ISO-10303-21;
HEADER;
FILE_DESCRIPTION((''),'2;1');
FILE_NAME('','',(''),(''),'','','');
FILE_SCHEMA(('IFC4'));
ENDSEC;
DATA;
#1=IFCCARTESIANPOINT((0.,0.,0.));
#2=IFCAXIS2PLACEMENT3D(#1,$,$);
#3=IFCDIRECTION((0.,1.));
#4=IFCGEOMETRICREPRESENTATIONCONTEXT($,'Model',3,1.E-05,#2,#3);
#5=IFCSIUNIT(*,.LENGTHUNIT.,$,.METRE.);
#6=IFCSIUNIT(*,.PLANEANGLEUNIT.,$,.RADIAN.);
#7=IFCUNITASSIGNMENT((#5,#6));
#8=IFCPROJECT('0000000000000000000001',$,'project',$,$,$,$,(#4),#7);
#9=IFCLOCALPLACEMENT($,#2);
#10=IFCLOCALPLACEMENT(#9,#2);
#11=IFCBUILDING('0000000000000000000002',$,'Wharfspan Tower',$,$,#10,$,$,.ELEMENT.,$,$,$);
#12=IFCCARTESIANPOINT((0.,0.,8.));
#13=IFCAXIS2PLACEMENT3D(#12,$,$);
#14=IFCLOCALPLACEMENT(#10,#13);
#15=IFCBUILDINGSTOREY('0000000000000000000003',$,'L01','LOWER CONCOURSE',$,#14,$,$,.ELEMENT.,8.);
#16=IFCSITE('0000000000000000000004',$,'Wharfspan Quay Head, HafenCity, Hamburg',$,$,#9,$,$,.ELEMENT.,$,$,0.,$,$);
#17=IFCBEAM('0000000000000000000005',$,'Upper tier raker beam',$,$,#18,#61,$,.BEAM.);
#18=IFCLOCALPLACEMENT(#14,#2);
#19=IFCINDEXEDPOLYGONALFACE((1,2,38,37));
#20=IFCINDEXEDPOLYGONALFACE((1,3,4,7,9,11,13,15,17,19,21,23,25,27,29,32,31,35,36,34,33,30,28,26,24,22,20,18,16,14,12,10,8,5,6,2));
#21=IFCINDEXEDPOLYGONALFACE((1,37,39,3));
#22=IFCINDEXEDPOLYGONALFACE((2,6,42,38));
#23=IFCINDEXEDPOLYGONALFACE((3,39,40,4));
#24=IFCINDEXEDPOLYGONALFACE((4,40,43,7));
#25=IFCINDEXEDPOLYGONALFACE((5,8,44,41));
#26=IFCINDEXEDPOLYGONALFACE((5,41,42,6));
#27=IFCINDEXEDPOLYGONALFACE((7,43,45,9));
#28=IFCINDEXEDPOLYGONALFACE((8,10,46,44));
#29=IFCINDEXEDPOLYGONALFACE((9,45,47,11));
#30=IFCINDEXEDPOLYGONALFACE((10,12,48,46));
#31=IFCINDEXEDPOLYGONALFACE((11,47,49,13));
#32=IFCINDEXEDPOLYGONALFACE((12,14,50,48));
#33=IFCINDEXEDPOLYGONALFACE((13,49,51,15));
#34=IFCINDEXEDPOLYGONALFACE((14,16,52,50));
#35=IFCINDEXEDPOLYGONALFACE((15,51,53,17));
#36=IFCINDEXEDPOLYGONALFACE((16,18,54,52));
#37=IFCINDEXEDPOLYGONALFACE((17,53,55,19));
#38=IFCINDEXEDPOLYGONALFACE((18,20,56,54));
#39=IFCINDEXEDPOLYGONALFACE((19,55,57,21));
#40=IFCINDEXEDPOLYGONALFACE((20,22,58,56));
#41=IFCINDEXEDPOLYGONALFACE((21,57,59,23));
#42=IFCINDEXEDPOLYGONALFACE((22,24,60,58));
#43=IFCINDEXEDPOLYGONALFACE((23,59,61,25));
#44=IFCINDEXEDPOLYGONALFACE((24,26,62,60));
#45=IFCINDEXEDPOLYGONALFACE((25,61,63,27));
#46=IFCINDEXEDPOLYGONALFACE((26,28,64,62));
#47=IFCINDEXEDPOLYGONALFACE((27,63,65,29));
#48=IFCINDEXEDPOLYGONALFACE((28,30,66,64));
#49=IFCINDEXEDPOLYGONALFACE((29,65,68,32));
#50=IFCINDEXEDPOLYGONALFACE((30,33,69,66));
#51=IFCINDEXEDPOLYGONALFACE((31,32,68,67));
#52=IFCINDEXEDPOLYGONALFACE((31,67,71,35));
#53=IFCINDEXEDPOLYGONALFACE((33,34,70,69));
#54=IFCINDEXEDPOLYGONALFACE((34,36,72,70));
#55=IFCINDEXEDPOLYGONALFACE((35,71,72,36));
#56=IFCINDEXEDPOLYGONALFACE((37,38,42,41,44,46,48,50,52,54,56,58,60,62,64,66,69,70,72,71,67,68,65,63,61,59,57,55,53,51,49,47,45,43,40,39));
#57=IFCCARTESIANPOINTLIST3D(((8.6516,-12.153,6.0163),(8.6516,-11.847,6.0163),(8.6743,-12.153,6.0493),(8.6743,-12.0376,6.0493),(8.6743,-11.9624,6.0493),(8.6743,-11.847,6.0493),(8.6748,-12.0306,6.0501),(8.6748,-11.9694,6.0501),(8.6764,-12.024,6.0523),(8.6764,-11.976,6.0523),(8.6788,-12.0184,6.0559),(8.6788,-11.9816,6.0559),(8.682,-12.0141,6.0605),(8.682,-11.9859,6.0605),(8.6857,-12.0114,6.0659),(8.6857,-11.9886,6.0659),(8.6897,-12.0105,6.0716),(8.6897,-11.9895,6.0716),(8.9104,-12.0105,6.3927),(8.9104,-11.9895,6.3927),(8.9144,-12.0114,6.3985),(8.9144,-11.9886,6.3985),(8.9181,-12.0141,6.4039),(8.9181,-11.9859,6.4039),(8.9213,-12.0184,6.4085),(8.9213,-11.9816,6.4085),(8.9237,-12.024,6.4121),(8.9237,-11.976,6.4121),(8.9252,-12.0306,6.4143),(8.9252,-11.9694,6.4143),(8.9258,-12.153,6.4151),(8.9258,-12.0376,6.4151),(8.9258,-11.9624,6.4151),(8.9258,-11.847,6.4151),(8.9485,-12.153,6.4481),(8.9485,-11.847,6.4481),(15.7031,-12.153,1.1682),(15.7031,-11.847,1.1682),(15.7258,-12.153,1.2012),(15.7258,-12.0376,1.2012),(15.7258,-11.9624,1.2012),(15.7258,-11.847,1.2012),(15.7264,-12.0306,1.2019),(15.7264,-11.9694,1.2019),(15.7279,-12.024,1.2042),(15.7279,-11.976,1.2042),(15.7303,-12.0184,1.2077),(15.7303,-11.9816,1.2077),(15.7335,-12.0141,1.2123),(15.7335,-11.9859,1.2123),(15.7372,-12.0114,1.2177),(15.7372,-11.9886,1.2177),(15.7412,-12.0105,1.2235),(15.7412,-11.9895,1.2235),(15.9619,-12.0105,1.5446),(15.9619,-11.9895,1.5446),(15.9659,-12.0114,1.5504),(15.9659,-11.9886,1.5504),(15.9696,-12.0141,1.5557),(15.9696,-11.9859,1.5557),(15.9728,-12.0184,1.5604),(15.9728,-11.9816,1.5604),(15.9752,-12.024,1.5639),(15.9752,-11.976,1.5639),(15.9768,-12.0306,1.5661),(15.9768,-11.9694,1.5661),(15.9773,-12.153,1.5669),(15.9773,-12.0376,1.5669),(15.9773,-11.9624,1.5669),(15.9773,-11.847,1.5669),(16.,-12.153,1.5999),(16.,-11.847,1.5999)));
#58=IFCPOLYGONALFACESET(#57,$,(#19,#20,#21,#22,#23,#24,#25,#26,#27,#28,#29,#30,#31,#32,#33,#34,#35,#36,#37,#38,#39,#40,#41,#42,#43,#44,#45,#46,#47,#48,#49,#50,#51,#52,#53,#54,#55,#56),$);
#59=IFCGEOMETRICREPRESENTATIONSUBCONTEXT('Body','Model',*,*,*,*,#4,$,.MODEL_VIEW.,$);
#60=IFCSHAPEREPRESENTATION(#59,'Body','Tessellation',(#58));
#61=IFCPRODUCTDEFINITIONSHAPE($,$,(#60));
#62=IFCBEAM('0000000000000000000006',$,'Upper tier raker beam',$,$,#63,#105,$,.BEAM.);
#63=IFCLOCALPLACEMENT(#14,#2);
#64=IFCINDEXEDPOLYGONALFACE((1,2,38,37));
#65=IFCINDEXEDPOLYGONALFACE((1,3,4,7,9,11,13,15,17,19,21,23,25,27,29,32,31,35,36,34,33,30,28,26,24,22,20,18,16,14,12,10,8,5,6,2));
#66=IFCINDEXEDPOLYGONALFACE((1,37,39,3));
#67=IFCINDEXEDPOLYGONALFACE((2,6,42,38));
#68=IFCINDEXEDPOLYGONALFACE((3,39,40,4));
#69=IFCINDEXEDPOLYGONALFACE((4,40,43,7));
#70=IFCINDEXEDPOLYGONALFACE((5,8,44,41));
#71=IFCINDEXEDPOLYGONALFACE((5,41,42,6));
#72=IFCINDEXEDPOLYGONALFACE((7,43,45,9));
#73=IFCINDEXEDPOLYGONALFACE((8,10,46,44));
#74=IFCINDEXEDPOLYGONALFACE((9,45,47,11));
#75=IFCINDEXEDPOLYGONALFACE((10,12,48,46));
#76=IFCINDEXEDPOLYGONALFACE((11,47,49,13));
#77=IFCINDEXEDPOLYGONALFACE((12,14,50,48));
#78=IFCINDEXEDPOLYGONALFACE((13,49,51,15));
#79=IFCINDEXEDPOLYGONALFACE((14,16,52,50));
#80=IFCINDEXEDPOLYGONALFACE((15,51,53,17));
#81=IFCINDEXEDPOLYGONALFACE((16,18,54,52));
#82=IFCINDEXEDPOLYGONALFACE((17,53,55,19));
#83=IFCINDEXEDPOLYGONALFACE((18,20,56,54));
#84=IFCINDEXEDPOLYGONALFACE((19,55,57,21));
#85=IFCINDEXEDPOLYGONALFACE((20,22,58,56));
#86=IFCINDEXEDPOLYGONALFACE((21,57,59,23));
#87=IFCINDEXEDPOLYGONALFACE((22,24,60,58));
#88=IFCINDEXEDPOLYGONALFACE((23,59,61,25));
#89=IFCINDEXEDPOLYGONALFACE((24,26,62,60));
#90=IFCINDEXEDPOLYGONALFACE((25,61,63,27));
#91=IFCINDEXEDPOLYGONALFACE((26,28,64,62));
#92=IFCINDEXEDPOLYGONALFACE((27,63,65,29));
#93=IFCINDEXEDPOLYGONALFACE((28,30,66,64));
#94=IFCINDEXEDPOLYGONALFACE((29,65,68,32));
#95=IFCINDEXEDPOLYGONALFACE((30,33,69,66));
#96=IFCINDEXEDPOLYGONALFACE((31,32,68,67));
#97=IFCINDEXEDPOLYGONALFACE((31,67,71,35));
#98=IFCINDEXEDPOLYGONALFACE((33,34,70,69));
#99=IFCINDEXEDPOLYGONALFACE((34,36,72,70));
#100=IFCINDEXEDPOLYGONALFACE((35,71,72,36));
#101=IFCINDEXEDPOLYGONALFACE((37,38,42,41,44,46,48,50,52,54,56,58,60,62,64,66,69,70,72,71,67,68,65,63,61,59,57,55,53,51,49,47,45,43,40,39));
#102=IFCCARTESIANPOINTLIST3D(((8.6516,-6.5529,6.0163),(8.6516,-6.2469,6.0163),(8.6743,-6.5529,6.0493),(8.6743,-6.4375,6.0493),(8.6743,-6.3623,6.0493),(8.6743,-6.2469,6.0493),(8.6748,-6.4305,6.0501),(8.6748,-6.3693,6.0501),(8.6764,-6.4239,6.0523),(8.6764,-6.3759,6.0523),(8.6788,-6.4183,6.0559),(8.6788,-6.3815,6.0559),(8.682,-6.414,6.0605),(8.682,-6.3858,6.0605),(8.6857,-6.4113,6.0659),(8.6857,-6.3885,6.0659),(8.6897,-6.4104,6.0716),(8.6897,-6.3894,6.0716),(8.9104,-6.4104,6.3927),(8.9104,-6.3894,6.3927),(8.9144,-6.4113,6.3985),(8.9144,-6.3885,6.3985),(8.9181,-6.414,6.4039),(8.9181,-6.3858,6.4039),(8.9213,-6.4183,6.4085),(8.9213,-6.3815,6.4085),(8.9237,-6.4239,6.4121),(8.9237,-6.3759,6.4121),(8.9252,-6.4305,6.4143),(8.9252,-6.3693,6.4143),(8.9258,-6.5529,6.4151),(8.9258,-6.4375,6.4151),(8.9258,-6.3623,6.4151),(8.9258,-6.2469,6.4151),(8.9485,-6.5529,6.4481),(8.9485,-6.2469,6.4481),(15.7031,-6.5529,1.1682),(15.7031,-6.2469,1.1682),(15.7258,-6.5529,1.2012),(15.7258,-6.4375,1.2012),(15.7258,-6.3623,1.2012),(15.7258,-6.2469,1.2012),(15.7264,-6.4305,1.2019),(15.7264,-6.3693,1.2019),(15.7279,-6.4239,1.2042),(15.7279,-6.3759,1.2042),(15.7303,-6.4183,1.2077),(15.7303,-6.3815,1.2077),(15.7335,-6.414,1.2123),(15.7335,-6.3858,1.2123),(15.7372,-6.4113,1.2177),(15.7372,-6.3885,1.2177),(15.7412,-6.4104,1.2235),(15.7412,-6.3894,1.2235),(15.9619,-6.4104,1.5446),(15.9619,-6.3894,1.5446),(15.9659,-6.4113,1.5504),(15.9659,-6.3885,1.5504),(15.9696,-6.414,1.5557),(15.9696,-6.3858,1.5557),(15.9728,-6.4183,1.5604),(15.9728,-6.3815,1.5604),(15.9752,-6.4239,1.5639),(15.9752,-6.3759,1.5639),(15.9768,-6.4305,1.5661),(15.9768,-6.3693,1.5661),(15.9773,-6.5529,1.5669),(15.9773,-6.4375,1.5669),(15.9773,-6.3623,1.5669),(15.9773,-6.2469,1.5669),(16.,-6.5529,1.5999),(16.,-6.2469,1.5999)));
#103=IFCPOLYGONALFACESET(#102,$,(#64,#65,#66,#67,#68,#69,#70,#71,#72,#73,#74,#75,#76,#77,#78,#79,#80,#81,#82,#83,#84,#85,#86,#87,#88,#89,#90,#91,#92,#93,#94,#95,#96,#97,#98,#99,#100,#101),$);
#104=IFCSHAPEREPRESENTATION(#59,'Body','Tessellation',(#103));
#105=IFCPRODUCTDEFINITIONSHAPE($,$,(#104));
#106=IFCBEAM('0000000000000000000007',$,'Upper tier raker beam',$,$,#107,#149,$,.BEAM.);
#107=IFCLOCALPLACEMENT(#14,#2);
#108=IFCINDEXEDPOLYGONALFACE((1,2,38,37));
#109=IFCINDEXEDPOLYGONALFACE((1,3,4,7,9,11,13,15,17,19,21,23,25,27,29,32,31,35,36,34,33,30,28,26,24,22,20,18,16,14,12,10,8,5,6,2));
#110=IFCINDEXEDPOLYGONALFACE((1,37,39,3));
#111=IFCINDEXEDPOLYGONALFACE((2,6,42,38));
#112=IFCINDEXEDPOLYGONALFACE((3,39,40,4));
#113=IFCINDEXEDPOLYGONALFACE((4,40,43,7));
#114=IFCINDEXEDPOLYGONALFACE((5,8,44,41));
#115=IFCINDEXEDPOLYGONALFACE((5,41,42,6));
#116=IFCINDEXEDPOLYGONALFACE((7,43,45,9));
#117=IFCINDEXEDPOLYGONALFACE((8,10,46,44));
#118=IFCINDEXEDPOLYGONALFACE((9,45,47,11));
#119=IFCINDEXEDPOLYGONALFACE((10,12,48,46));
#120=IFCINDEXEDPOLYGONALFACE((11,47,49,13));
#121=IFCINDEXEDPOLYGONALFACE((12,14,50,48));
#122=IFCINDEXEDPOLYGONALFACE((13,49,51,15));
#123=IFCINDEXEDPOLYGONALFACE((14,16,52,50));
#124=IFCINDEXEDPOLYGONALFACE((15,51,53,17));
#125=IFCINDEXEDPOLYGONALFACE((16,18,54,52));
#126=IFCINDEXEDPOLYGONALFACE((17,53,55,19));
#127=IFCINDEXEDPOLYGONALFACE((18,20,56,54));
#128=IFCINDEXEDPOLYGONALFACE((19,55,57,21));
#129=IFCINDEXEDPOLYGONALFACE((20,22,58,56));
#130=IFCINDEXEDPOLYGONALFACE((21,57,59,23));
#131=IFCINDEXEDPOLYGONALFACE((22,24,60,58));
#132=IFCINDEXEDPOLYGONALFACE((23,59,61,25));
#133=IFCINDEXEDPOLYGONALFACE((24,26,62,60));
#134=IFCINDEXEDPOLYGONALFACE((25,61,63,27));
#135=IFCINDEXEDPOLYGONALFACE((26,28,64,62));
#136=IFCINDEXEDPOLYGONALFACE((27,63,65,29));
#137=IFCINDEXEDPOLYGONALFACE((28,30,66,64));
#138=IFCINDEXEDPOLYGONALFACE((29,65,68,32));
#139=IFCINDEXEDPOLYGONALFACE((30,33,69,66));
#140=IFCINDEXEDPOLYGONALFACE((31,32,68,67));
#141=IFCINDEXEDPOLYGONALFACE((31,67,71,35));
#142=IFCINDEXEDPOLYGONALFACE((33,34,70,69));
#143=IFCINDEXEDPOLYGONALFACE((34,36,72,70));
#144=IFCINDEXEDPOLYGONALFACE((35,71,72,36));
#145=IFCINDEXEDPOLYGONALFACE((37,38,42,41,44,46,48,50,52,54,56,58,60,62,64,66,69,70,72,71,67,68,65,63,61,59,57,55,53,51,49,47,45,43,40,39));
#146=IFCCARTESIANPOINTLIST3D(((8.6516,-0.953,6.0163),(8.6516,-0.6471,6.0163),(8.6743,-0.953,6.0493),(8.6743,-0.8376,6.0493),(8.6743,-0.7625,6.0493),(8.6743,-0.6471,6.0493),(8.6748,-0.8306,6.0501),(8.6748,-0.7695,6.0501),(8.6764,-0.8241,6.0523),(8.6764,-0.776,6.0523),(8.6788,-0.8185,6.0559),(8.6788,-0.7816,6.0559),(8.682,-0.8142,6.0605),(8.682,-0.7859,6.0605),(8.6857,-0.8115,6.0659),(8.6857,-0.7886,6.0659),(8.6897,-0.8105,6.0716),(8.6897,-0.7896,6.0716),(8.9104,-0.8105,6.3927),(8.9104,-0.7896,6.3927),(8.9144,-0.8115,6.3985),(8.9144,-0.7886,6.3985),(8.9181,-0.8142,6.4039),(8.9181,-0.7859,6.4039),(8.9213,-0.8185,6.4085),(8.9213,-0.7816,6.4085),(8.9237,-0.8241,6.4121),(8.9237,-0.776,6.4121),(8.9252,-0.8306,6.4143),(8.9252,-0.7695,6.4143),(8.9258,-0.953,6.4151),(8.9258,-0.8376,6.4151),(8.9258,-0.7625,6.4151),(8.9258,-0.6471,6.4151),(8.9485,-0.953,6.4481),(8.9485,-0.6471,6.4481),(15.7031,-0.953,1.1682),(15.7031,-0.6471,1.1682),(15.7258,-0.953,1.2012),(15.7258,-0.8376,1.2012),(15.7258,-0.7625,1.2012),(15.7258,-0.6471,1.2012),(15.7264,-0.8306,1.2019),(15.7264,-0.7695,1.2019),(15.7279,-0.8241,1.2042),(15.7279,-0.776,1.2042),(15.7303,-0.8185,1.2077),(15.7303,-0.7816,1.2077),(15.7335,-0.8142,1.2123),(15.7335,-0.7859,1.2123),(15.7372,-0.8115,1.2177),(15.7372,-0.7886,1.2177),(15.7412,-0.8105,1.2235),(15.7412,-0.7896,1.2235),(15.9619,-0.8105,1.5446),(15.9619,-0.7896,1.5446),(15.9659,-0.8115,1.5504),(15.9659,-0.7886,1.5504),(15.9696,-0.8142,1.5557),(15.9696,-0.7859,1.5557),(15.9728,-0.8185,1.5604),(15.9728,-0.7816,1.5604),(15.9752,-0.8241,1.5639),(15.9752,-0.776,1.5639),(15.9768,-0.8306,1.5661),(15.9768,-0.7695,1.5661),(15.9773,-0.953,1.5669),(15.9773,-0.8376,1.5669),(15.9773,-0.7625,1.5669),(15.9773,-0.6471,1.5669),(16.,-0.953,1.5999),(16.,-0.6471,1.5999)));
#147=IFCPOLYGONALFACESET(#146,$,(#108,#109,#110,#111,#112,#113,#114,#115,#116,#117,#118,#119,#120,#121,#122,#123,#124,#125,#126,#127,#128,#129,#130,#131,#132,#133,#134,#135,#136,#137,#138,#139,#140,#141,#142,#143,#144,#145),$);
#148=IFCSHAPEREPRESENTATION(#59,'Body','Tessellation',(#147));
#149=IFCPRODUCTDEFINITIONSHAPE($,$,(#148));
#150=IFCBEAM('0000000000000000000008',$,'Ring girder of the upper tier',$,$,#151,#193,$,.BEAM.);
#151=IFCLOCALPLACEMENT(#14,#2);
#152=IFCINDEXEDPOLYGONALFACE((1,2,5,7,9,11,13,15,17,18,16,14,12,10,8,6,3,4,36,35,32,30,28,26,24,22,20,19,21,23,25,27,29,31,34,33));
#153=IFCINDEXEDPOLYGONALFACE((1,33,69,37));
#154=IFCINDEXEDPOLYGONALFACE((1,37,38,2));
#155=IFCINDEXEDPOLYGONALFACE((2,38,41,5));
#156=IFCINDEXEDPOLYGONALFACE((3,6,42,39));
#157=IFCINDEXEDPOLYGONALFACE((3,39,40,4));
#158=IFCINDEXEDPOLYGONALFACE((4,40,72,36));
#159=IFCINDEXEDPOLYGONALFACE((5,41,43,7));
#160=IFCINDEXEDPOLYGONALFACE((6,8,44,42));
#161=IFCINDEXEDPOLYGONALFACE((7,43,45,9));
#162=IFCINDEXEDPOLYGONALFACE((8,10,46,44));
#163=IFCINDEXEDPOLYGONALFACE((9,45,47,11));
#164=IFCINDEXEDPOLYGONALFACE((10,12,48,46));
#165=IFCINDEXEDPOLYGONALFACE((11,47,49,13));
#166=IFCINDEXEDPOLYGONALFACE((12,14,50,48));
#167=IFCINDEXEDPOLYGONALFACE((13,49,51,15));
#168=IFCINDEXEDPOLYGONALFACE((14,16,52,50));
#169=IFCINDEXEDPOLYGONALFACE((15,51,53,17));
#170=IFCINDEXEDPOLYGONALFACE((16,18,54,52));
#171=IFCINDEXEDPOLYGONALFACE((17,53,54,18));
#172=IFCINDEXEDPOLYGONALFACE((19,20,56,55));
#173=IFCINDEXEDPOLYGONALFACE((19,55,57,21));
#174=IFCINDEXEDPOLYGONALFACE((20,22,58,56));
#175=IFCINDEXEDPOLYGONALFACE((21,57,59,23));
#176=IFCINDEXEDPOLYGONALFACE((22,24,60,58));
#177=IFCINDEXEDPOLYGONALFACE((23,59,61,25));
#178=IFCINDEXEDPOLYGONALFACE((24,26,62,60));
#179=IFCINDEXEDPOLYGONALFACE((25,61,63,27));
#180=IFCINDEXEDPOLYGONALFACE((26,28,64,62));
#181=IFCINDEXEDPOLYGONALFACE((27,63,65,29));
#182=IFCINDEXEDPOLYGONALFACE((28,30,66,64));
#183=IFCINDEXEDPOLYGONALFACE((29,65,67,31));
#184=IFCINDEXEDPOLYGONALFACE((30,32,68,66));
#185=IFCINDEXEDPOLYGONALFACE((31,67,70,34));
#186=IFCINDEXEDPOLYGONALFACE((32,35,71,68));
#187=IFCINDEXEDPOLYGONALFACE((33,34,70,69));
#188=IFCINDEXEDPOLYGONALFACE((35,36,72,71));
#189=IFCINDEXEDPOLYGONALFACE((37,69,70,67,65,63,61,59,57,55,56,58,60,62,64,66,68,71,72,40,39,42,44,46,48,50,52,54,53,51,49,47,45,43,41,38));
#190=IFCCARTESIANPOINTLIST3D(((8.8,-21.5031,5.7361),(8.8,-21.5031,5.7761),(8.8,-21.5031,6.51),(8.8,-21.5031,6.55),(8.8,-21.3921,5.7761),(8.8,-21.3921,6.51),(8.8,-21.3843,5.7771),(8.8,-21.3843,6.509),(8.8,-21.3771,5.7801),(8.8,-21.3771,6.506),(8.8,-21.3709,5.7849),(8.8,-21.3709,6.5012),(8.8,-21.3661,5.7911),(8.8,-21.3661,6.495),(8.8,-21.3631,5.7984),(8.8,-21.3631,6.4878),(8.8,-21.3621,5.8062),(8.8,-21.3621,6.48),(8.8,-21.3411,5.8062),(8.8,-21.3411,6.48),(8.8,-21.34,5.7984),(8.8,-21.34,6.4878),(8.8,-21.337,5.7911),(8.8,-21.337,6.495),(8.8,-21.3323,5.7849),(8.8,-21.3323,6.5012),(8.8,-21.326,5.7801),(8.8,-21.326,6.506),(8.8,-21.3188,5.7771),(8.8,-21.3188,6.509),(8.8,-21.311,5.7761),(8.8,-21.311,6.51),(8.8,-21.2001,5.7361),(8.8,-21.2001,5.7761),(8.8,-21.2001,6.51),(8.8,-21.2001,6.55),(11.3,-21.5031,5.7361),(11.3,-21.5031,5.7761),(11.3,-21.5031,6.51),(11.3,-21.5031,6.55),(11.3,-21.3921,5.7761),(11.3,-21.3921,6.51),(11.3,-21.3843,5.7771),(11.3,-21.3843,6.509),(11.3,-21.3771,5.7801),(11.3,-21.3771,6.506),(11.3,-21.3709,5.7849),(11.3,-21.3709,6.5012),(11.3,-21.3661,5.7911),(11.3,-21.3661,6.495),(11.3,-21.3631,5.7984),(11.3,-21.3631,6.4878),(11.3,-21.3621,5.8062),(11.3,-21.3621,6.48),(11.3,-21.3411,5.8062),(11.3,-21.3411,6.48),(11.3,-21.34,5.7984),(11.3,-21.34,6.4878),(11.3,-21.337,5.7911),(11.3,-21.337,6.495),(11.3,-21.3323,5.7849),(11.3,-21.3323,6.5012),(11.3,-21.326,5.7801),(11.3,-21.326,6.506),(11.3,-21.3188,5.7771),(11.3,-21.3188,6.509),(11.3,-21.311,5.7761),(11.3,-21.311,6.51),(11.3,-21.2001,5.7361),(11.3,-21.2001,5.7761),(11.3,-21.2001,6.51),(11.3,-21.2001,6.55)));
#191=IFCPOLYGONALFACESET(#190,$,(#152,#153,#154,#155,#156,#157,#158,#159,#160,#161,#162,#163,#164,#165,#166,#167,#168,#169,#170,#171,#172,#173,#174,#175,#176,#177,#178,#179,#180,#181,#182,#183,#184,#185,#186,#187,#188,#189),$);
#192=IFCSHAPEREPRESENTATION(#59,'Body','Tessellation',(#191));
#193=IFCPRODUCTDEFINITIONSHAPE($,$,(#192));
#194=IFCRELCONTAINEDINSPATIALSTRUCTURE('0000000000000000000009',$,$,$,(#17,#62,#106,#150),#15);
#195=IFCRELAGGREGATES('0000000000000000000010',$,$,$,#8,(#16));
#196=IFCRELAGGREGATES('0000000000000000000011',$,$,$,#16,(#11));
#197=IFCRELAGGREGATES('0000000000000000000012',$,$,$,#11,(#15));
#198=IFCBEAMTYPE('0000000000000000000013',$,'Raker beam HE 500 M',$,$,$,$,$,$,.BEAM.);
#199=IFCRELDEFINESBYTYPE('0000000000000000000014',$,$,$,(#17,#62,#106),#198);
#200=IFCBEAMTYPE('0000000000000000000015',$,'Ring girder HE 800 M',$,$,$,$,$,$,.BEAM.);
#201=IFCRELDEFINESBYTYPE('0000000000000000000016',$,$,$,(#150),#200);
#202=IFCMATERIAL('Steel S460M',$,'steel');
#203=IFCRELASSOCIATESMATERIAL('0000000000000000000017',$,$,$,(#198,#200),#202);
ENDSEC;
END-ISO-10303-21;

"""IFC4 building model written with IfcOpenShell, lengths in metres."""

from ifc_helpers import new_model, si_unit, direction, frame, origin, origin_2d, place, context, subcontext, project, spatial, i_section, extrude, material, material_profile, profile_set, type_object, element, save


model = new_model("IFC4")

# Units and contexts
model_context = context("Model", 3, precision=1e-05, world=origin(), true_north=direction((0.0, 1.0)))
body_context = subcontext(model_context, "Body", "Model", "MODEL_VIEW")
ifc_project = project(units=[si_unit("LENGTHUNIT", "METRE"), si_unit("PLANEANGLEUNIT", "RADIAN")], contexts=[model_context])

# Site, building, storey
site_placement = place(None, origin())
site = spatial("IfcSite", under=ifc_project, at=site_placement, Name="Wharfspan Quay Head, HafenCity, Hamburg", CompositionType="ELEMENT", RefElevation=0.0)
building_placement = place(site_placement, origin())
building = spatial("IfcBuilding", under=site, at=building_placement, Name="Wharfspan Tower", CompositionType="ELEMENT")
storey_placement = place(building_placement, frame((0.0, 0.0, 8.0)))
storey = spatial("IfcBuildingStorey", under=building, at=storey_placement, Name="L01", Description="LOWER CONCOURSE", CompositionType="ELEMENT", Elevation=8.0)

# Beams
ifc_material_1 = material(Name="Steel S460M", Category="steel")
ifc_material_profile_1 = material_profile(ifc_material_1, i_section(OverallWidth=0.3059, OverallDepth=0.5239, WebThickness=0.021, FlangeThickness=0.04, FilletRadius=0.0271, at=origin_2d()))
ifc_profile_set_1 = profile_set([ifc_material_profile_1], Name="Steel S460M")
beam_type_1 = type_object("IfcBeamType", Name="Raker beam HE 500 M", PredefinedType="BEAM", material=ifc_profile_set_1)
for number, where, z_axis, x_axis, name in (
    (1, (15.8516, -12.0, 1.384), (-0.824029, 0.0, 0.566547), (0.0, -1.0, 0.0), "Upper tier raker beam"),
    (2, (15.8516, -6.3999, 1.384), (-0.824029, 0.0, 0.566547), (0.0, -1.0, 0.0), "Upper tier raker beam"),
    (3, (15.8516, -0.8, 1.384), (-0.824029, 0.0, 0.566547), (0.0, -1.0, 0.0), "Upper tier raker beam"),
):
    element("IfcBeam", number, at=place(storey_placement, frame(where, z_axis=z_axis, x_axis=x_axis)), inside=storey, type_object=beam_type_1, Name=name, PredefinedType="BEAM", context=body_context, shape_type="SweptSolid", body=[
        extrude(i_section(OverallWidth=0.3059, OverallDepth=0.5239, WebThickness=0.021, FlangeThickness=0.04, FilletRadius=0.0271, at=origin_2d()), origin(), (0.0, 0.0, 1.0), 8.5574),
    ])
ifc_material_profile_2 = material_profile(ifc_material_1, i_section(OverallWidth=0.303, OverallDepth=0.814, WebThickness=0.021, FlangeThickness=0.04, FilletRadius=0.03, at=origin_2d()))
ifc_profile_set_2 = profile_set([ifc_material_profile_2], Name="Steel S460M")
beam_type_2 = type_object("IfcBeamType", Name="Ring girder HE 800 M", PredefinedType="BEAM", material=ifc_profile_set_2)
beam_1_placement = place(storey_placement, frame((8.8, -21.3516, 6.1431), z_axis=(1.0, 0.0, 0.0), x_axis=(0.0, 1.0, 0.0)))
element("IfcBeam", 4, at=beam_1_placement, inside=storey, type_object=beam_type_2, Name="Ring girder of the upper tier", PredefinedType="BEAM", context=body_context, shape_type="SweptSolid", body=[
    extrude(i_section(OverallWidth=0.303, OverallDepth=0.814, WebThickness=0.021, FlangeThickness=0.04, FilletRadius=0.03, at=origin_2d()), origin(), (0.0, 0.0, 1.0), 2.5),
])

save(model, "model.ifc")
